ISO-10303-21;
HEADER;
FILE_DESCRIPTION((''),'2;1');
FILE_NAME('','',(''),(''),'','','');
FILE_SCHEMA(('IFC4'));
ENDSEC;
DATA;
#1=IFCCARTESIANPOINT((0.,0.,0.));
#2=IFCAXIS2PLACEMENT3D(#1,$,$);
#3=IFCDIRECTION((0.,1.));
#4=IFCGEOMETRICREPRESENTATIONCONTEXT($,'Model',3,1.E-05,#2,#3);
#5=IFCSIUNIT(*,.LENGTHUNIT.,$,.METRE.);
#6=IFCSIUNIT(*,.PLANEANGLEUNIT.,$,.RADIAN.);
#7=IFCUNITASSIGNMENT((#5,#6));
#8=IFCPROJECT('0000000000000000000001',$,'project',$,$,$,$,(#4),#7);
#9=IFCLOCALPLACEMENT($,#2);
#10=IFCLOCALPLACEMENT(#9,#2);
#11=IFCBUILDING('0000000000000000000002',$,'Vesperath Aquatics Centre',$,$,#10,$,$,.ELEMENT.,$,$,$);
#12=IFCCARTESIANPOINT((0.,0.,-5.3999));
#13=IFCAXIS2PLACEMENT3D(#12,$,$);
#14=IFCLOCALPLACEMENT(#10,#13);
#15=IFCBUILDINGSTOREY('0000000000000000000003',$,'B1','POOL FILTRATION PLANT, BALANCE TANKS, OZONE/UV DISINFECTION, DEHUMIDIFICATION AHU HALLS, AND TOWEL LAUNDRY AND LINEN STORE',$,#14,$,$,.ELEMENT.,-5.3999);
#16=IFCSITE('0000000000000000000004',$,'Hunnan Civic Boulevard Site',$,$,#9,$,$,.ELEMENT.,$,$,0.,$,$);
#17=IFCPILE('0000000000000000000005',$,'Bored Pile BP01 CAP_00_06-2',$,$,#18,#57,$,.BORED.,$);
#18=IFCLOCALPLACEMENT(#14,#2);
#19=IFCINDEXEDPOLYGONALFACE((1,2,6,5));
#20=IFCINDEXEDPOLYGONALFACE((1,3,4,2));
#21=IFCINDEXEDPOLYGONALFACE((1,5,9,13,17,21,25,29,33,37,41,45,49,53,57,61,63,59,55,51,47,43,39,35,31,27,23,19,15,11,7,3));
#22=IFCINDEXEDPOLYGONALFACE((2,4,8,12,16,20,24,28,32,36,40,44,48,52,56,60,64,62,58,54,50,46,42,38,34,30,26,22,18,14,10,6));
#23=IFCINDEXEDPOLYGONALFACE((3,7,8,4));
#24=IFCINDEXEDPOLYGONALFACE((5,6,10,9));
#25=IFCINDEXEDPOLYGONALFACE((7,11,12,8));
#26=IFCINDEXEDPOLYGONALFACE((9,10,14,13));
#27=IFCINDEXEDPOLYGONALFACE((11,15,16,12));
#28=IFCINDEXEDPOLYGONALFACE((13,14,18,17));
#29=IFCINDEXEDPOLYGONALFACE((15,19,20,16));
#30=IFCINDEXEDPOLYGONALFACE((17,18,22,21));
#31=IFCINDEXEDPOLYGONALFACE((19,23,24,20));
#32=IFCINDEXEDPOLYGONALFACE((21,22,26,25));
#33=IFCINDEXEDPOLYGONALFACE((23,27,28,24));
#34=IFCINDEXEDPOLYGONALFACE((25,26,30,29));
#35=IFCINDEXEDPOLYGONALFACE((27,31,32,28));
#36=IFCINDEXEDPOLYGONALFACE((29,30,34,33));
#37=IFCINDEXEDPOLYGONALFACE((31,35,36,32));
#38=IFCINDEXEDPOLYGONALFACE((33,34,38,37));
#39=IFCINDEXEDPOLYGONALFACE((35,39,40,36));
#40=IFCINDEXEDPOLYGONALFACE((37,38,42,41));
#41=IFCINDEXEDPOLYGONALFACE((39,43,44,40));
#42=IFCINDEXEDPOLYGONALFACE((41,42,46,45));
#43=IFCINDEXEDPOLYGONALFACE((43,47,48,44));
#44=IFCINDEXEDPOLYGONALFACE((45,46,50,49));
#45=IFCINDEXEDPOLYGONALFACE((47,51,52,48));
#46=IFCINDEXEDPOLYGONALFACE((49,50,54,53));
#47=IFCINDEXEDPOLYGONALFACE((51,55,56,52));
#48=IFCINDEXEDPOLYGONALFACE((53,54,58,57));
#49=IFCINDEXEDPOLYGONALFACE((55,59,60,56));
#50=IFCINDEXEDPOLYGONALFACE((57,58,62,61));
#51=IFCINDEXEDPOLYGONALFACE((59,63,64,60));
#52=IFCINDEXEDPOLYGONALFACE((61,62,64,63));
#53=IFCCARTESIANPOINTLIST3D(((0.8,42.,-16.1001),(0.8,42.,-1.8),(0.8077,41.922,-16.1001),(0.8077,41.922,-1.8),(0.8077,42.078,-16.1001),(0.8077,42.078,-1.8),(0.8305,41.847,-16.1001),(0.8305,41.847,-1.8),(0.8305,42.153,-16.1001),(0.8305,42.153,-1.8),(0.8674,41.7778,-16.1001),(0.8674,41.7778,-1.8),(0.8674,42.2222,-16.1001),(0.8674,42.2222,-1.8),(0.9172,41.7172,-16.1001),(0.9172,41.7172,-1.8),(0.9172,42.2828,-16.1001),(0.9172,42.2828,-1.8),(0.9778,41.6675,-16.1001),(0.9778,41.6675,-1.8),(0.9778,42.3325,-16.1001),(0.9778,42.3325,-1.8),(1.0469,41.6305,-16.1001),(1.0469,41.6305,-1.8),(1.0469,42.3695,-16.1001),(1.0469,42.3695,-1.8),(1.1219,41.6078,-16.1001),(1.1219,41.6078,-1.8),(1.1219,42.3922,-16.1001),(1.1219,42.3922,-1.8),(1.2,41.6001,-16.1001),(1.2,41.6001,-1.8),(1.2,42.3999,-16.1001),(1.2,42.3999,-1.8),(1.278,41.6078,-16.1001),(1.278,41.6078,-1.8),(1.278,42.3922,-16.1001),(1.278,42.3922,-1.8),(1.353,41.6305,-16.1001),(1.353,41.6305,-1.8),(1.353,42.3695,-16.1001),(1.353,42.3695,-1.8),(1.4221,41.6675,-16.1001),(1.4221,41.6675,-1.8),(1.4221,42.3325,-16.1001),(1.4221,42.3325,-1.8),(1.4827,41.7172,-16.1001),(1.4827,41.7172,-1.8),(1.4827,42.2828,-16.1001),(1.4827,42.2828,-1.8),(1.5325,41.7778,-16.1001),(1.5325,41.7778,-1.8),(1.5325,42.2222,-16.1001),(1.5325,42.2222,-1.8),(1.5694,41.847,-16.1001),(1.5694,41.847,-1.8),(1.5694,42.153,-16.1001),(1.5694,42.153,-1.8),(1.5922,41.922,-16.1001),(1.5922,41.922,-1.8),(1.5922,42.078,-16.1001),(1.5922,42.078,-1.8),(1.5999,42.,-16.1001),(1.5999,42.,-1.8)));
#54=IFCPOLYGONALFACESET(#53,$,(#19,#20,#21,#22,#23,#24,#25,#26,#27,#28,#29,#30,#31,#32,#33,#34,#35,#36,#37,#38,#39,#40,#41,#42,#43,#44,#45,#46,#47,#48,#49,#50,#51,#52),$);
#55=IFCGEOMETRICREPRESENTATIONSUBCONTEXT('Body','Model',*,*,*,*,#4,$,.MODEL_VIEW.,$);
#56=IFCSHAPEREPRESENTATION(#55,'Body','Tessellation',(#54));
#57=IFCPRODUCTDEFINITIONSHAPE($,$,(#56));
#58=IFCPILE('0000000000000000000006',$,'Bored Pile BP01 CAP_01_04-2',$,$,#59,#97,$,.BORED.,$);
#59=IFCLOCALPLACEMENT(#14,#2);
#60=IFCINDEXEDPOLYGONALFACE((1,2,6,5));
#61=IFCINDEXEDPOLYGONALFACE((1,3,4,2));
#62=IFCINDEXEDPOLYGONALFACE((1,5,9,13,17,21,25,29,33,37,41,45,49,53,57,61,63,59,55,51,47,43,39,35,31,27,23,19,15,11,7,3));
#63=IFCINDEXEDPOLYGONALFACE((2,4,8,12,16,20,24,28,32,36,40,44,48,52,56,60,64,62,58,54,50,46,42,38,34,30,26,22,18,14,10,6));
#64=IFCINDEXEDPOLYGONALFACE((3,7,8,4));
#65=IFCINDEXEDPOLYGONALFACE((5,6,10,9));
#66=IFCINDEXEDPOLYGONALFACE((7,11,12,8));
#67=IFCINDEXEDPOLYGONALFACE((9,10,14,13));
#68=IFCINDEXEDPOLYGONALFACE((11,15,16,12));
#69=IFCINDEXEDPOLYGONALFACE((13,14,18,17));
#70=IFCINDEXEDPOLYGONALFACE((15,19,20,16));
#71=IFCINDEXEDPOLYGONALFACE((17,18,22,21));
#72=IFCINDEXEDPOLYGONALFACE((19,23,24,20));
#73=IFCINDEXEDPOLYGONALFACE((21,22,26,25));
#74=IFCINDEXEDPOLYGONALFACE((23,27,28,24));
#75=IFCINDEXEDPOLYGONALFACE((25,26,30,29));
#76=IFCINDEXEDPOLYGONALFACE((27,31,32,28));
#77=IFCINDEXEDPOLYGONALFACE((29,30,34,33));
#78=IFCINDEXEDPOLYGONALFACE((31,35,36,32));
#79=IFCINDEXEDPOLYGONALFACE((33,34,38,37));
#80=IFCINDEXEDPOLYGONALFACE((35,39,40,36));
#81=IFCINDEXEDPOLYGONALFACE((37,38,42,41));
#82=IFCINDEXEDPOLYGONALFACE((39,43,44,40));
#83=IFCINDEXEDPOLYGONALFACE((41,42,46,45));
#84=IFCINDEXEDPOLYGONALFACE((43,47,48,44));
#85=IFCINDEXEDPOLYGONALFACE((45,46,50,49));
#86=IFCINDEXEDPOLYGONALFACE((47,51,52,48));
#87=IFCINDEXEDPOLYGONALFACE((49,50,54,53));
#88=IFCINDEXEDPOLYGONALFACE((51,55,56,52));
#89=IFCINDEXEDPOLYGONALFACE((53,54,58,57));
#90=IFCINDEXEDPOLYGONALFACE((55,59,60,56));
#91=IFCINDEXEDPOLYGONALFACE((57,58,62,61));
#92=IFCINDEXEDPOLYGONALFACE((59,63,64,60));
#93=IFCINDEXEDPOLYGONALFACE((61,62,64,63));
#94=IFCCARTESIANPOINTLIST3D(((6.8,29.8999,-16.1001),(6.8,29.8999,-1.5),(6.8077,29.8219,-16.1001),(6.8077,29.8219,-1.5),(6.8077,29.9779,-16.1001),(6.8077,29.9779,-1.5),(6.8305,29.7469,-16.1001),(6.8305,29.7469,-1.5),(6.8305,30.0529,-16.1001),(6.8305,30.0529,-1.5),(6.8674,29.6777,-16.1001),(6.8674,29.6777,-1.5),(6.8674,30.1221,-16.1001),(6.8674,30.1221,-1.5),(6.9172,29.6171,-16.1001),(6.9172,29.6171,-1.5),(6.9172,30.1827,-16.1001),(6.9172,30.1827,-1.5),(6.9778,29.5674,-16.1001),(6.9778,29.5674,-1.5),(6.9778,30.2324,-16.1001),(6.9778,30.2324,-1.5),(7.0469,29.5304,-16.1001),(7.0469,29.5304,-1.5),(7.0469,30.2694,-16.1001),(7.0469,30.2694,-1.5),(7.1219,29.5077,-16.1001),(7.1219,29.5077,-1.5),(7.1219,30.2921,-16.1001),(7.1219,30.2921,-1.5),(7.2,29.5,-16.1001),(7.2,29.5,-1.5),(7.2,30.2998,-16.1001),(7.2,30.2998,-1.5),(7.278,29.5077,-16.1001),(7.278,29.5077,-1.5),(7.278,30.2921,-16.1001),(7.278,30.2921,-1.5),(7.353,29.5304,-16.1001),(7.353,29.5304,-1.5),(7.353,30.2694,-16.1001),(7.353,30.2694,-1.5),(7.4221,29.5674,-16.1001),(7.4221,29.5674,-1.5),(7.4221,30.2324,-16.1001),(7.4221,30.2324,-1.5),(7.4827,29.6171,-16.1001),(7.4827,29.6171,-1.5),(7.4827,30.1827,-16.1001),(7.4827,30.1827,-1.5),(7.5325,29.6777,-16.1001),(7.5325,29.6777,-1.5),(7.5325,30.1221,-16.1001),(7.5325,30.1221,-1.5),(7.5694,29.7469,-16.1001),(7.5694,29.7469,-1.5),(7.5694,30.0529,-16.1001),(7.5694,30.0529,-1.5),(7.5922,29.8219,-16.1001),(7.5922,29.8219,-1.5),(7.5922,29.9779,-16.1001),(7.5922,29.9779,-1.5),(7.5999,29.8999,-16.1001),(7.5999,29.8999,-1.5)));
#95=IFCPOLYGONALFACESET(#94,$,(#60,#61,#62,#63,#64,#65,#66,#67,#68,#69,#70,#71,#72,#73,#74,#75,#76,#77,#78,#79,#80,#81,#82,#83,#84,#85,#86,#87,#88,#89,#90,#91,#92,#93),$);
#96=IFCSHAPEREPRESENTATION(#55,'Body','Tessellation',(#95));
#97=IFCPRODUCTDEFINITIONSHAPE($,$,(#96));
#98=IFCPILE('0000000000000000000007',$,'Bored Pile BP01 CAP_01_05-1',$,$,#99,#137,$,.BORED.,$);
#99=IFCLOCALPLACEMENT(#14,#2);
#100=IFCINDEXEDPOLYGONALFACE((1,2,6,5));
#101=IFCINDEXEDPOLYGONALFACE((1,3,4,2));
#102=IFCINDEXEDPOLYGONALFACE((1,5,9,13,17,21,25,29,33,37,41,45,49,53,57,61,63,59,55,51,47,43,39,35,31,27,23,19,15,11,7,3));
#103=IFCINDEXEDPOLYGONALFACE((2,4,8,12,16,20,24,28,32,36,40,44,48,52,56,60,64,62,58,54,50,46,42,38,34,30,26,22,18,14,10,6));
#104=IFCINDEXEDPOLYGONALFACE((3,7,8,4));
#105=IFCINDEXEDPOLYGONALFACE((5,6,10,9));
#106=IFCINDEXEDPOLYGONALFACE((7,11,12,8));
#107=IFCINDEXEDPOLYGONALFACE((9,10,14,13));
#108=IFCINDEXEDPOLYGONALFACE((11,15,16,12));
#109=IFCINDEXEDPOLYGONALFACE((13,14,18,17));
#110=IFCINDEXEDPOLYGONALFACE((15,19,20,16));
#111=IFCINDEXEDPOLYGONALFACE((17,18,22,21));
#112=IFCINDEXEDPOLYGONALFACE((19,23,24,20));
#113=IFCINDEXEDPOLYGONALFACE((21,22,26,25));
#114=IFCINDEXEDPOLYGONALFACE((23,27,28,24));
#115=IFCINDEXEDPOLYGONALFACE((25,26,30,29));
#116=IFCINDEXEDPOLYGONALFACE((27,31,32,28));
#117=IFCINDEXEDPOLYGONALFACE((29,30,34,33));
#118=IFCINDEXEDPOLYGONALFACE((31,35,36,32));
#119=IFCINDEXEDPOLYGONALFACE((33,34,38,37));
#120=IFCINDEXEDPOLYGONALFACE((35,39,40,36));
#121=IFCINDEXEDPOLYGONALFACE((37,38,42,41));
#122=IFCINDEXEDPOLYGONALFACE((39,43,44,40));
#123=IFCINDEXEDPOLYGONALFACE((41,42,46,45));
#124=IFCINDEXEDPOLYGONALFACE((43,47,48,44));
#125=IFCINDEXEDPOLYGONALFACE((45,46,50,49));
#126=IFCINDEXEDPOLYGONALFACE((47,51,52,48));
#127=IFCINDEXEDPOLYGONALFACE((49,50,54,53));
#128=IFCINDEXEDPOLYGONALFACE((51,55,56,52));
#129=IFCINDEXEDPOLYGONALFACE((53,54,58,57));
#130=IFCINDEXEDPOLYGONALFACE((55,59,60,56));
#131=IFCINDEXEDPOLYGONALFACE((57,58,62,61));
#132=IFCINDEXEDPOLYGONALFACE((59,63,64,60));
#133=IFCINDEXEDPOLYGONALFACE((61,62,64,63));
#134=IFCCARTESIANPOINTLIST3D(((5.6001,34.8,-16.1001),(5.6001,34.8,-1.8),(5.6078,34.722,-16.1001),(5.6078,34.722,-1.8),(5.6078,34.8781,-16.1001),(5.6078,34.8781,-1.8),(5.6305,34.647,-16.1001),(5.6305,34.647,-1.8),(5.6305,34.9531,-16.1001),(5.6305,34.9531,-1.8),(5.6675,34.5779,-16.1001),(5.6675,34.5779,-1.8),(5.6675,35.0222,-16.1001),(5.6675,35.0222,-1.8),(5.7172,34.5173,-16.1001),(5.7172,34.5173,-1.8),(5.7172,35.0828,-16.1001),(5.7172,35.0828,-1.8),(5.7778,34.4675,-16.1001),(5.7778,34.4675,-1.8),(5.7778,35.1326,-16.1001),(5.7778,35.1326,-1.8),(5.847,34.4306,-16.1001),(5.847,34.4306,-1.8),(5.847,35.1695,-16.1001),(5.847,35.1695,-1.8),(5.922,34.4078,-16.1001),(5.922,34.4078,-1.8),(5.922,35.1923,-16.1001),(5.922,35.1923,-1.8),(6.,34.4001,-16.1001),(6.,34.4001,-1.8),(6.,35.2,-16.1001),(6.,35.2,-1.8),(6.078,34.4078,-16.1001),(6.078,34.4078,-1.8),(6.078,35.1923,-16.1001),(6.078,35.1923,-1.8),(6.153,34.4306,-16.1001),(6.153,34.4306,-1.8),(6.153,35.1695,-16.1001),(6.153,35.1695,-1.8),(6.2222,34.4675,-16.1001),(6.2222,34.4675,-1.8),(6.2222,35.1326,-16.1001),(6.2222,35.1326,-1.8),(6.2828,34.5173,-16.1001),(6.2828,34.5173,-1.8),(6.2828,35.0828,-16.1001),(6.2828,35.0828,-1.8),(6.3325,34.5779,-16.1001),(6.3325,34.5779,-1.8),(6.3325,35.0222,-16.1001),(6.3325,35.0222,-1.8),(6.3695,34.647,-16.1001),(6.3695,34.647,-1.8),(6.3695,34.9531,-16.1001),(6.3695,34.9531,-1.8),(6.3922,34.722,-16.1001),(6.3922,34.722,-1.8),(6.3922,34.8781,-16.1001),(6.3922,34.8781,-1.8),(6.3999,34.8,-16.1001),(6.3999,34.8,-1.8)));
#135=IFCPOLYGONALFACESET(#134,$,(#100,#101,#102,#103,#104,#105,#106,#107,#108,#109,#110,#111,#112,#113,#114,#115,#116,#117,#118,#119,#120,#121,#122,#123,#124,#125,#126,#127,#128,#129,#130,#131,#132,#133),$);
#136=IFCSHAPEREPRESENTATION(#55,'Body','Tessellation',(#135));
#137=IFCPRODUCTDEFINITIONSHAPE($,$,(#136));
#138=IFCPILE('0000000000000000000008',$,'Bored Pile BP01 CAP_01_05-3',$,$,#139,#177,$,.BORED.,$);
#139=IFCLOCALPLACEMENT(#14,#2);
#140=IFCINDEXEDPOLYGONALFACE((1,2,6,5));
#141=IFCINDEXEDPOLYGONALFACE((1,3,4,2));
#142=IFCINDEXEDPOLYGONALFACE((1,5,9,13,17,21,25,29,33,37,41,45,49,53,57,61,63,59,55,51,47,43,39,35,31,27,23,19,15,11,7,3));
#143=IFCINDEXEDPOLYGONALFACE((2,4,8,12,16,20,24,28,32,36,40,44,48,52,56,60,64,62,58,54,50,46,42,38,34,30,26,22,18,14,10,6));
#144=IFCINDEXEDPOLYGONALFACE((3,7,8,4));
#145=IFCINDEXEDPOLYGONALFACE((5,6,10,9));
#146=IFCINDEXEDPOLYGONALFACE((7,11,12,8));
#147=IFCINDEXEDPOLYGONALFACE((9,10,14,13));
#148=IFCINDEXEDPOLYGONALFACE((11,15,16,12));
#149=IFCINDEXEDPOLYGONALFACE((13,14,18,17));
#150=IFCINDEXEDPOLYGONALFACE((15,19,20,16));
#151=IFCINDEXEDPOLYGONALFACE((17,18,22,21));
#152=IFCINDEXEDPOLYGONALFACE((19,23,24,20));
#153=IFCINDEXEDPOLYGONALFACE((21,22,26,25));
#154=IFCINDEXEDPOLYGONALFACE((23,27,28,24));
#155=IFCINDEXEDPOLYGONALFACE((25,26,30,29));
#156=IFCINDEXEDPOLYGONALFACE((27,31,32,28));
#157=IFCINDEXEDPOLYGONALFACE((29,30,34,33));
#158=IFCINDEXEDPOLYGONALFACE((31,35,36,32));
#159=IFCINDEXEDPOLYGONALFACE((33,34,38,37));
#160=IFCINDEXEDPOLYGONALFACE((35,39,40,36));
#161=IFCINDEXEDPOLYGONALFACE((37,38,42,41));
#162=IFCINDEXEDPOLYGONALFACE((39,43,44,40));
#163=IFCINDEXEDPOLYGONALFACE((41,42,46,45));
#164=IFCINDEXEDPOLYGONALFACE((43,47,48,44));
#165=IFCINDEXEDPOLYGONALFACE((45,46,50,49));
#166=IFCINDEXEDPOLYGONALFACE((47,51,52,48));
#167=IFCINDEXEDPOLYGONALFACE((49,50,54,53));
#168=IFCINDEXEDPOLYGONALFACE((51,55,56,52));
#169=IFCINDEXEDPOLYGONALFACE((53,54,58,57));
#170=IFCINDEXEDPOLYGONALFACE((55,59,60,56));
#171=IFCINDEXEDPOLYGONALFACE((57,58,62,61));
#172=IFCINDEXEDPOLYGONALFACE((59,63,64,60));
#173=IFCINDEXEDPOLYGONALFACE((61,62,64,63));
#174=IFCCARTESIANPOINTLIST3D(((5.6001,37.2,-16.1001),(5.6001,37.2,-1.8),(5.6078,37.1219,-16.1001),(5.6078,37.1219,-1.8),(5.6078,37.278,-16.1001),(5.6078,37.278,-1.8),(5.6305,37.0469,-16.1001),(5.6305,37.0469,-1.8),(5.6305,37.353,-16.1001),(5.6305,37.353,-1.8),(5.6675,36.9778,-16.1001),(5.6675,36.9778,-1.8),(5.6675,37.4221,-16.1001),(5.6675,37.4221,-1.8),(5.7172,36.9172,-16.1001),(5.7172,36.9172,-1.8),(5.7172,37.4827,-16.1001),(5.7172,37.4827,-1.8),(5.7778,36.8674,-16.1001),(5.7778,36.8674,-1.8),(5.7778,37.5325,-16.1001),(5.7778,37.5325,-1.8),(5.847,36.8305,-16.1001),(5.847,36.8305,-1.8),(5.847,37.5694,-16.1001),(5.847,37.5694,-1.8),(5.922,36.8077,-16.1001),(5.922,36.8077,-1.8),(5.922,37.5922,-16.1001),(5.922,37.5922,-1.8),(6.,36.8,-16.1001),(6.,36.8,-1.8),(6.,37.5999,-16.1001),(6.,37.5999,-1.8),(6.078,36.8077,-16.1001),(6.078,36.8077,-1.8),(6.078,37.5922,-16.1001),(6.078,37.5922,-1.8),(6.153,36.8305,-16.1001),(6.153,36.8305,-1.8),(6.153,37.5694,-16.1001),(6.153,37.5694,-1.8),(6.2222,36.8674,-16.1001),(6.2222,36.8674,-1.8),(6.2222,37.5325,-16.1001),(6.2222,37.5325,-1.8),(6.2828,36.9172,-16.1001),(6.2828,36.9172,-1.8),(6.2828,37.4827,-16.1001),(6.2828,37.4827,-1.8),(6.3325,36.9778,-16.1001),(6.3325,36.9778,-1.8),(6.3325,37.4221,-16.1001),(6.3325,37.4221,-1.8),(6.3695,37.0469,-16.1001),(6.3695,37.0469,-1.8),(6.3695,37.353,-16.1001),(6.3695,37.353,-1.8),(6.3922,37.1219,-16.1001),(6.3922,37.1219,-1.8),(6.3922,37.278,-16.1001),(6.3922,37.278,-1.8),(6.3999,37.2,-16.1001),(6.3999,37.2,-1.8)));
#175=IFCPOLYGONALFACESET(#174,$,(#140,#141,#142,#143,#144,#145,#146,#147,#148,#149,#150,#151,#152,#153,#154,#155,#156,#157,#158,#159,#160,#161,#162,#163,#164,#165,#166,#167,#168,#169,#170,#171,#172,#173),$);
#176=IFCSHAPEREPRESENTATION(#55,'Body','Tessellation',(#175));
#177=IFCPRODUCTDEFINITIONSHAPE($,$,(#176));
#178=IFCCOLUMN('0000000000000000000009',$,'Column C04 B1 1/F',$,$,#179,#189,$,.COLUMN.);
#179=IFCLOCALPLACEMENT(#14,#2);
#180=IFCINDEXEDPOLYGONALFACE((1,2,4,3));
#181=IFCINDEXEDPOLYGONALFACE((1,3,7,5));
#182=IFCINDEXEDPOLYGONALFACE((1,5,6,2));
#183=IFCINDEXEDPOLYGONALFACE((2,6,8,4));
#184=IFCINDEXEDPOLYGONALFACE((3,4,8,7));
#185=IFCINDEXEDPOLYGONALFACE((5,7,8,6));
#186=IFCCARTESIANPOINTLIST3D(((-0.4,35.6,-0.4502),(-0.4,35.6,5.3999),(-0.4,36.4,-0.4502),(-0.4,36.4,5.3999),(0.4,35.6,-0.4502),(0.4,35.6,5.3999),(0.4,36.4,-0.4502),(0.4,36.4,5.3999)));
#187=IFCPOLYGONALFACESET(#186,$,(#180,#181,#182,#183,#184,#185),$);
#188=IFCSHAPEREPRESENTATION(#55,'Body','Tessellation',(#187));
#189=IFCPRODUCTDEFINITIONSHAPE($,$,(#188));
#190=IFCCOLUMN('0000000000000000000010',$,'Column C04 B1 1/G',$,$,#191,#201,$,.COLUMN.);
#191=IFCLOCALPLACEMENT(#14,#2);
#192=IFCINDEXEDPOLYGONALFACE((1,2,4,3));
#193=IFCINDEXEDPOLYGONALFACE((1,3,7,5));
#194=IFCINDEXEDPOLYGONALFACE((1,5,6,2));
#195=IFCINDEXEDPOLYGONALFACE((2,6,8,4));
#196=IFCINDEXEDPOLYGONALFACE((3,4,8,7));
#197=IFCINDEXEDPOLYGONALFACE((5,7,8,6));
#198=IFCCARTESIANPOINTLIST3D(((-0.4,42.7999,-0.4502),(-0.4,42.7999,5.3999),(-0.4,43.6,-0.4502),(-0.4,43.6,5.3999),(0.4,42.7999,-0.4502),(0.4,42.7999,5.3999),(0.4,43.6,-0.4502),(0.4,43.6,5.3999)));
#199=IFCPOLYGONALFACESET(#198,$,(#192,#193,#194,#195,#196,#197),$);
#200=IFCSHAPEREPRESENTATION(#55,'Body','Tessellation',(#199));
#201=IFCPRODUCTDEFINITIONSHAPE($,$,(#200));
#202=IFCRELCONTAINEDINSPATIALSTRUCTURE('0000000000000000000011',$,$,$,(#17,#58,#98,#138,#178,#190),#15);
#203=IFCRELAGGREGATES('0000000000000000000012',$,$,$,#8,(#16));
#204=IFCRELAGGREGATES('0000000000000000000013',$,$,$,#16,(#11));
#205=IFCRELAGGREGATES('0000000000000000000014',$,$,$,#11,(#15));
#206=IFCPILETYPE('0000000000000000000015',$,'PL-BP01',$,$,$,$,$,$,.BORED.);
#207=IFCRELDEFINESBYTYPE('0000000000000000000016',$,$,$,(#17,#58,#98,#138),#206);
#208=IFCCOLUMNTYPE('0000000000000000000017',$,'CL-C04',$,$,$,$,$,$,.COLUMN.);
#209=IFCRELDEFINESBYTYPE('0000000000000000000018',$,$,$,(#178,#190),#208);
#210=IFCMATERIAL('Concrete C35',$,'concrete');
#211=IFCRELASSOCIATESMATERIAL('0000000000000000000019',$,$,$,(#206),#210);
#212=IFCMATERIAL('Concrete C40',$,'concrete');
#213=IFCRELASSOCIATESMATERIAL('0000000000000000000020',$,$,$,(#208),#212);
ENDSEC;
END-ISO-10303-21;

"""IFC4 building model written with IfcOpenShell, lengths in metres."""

from ifc_helpers import new_model, si_unit, direction, frame, origin, origin_2d, place, context, subcontext, project, spatial, rectangle, circle, extrude, material, material_profile, profile_set, type_object, element, save


model = new_model("IFC4")

# Units and contexts
model_context = context("Model", 3, precision=1e-05, world=origin(), true_north=direction((0.0, 1.0)))
body_context = subcontext(model_context, "Body", "Model", "MODEL_VIEW")
ifc_project = project(units=[si_unit("LENGTHUNIT", "METRE"), si_unit("PLANEANGLEUNIT", "RADIAN")], contexts=[model_context])

# Site, building, storey
site_placement = place(None, origin())
site = spatial("IfcSite", under=ifc_project, at=site_placement, Name="Hunnan Civic Boulevard Site", CompositionType="ELEMENT", RefElevation=0.0)
building_placement = place(site_placement, origin())
building = spatial("IfcBuilding", under=site, at=building_placement, Name="Vesperath Aquatics Centre", CompositionType="ELEMENT")
storey_placement = place(building_placement, frame((0.0, 0.0, -5.3999)))
storey = spatial("IfcBuildingStorey", under=building, at=storey_placement, Name="B1", Description="POOL FILTRATION PLANT, BALANCE TANKS, OZONE/UV DISINFECTION, DEHUMIDIFICATION AHU HALLS, AND TOWEL LAUNDRY AND LINEN STORE", CompositionType="ELEMENT", Elevation=-5.3999)

# Shared definitions
ifc_material_1 = material(Name="Concrete C40", Category="concrete")

# Piles
ifc_material_2 = material(Name="Concrete C35", Category="concrete")
ifc_material_profile_1 = material_profile(ifc_material_2, circle(Radius=0.3999, at=origin_2d()), Name="PILE D800")
ifc_profile_set_1 = profile_set([ifc_material_profile_1], Name="Concrete C35")
pile_type = type_object("IfcPileType", Name="PL-BP01", PredefinedType="BORED", material=ifc_profile_set_1)
for number, where, z_axis, x_axis, name in (
    (1, (1.2, 42.0, -1.8), (0.0, 0.0, -1.0), (1.0, 0.0, 0.0), "Bored Pile BP01 CAP_00_06-2"),
):
    element("IfcPile", number, at=place(storey_placement, frame(where, z_axis=z_axis, x_axis=x_axis)), inside=storey, type_object=pile_type, Name=name, PredefinedType="BORED", context=body_context, shape_type="SweptSolid", body=[
        extrude(circle(Radius=0.3999, at=origin_2d()), origin(), (0.0, 0.0, 1.0), 14.3),
    ])
pile_placement = place(storey_placement, frame((7.2, 29.8999, -1.5), z_axis=(0.0, 0.0, -1.0), x_axis=(1.0, 0.0, 0.0)))
element("IfcPile", 2, at=pile_placement, inside=storey, type_object=pile_type, Name="Bored Pile BP01 CAP_01_04-2", PredefinedType="BORED", context=body_context, shape_type="SweptSolid", body=[
    extrude(circle(Radius=0.3999, at=origin_2d()), origin(), (0.0, 0.0, 1.0), 14.6001),
])
for number, where, z_axis, x_axis, name in (
    (3, (6.0, 34.8, -1.8), (0.0, 0.0, -1.0), (1.0, 0.0, 0.0), "Bored Pile BP01 CAP_01_05-1"),
    (4, (6.0, 37.2, -1.8), (0.0, 0.0, -1.0), (1.0, 0.0, 0.0), "Bored Pile BP01 CAP_01_05-3"),
):
    element("IfcPile", number, at=place(storey_placement, frame(where, z_axis=z_axis, x_axis=x_axis)), inside=storey, type_object=pile_type, Name=name, PredefinedType="BORED", context=body_context, shape_type="SweptSolid", body=[
        extrude(circle(Radius=0.3999, at=origin_2d()), origin(), (0.0, 0.0, 1.0), 14.3),
    ])

# Columns
ifc_material_profile_2 = material_profile(ifc_material_1, rectangle(XDim=0.8, YDim=0.8, at=origin_2d()), Name="RC 800x800")
ifc_profile_set_2 = profile_set([ifc_material_profile_2], Name="Concrete C40")
column_type = type_object("IfcColumnType", Name="CL-C04", PredefinedType="COLUMN", material=ifc_profile_set_2)
for number, where, z_axis, x_axis, name in (
    (5, (0.0, 36.0, -0.4502), (0.0, 0.0, 1.0), (1.0, 0.0, 0.0), "Column C04 B1 1/F"),
    (6, (0.0, 43.2, -0.4502), (0.0, 0.0, 1.0), (1.0, 0.0, 0.0), "Column C04 B1 1/G"),
):
    element("IfcColumn", number, at=place(storey_placement, frame(where, z_axis=z_axis, x_axis=x_axis)), inside=storey, type_object=column_type, Name=name, PredefinedType="COLUMN", context=body_context, shape_type="SweptSolid", body=[
        extrude(rectangle(XDim=0.8, YDim=0.8, at=origin_2d()), origin(), (0.0, 0.0, 1.0), 5.8501),
    ])

save(model, "model.ifc")
